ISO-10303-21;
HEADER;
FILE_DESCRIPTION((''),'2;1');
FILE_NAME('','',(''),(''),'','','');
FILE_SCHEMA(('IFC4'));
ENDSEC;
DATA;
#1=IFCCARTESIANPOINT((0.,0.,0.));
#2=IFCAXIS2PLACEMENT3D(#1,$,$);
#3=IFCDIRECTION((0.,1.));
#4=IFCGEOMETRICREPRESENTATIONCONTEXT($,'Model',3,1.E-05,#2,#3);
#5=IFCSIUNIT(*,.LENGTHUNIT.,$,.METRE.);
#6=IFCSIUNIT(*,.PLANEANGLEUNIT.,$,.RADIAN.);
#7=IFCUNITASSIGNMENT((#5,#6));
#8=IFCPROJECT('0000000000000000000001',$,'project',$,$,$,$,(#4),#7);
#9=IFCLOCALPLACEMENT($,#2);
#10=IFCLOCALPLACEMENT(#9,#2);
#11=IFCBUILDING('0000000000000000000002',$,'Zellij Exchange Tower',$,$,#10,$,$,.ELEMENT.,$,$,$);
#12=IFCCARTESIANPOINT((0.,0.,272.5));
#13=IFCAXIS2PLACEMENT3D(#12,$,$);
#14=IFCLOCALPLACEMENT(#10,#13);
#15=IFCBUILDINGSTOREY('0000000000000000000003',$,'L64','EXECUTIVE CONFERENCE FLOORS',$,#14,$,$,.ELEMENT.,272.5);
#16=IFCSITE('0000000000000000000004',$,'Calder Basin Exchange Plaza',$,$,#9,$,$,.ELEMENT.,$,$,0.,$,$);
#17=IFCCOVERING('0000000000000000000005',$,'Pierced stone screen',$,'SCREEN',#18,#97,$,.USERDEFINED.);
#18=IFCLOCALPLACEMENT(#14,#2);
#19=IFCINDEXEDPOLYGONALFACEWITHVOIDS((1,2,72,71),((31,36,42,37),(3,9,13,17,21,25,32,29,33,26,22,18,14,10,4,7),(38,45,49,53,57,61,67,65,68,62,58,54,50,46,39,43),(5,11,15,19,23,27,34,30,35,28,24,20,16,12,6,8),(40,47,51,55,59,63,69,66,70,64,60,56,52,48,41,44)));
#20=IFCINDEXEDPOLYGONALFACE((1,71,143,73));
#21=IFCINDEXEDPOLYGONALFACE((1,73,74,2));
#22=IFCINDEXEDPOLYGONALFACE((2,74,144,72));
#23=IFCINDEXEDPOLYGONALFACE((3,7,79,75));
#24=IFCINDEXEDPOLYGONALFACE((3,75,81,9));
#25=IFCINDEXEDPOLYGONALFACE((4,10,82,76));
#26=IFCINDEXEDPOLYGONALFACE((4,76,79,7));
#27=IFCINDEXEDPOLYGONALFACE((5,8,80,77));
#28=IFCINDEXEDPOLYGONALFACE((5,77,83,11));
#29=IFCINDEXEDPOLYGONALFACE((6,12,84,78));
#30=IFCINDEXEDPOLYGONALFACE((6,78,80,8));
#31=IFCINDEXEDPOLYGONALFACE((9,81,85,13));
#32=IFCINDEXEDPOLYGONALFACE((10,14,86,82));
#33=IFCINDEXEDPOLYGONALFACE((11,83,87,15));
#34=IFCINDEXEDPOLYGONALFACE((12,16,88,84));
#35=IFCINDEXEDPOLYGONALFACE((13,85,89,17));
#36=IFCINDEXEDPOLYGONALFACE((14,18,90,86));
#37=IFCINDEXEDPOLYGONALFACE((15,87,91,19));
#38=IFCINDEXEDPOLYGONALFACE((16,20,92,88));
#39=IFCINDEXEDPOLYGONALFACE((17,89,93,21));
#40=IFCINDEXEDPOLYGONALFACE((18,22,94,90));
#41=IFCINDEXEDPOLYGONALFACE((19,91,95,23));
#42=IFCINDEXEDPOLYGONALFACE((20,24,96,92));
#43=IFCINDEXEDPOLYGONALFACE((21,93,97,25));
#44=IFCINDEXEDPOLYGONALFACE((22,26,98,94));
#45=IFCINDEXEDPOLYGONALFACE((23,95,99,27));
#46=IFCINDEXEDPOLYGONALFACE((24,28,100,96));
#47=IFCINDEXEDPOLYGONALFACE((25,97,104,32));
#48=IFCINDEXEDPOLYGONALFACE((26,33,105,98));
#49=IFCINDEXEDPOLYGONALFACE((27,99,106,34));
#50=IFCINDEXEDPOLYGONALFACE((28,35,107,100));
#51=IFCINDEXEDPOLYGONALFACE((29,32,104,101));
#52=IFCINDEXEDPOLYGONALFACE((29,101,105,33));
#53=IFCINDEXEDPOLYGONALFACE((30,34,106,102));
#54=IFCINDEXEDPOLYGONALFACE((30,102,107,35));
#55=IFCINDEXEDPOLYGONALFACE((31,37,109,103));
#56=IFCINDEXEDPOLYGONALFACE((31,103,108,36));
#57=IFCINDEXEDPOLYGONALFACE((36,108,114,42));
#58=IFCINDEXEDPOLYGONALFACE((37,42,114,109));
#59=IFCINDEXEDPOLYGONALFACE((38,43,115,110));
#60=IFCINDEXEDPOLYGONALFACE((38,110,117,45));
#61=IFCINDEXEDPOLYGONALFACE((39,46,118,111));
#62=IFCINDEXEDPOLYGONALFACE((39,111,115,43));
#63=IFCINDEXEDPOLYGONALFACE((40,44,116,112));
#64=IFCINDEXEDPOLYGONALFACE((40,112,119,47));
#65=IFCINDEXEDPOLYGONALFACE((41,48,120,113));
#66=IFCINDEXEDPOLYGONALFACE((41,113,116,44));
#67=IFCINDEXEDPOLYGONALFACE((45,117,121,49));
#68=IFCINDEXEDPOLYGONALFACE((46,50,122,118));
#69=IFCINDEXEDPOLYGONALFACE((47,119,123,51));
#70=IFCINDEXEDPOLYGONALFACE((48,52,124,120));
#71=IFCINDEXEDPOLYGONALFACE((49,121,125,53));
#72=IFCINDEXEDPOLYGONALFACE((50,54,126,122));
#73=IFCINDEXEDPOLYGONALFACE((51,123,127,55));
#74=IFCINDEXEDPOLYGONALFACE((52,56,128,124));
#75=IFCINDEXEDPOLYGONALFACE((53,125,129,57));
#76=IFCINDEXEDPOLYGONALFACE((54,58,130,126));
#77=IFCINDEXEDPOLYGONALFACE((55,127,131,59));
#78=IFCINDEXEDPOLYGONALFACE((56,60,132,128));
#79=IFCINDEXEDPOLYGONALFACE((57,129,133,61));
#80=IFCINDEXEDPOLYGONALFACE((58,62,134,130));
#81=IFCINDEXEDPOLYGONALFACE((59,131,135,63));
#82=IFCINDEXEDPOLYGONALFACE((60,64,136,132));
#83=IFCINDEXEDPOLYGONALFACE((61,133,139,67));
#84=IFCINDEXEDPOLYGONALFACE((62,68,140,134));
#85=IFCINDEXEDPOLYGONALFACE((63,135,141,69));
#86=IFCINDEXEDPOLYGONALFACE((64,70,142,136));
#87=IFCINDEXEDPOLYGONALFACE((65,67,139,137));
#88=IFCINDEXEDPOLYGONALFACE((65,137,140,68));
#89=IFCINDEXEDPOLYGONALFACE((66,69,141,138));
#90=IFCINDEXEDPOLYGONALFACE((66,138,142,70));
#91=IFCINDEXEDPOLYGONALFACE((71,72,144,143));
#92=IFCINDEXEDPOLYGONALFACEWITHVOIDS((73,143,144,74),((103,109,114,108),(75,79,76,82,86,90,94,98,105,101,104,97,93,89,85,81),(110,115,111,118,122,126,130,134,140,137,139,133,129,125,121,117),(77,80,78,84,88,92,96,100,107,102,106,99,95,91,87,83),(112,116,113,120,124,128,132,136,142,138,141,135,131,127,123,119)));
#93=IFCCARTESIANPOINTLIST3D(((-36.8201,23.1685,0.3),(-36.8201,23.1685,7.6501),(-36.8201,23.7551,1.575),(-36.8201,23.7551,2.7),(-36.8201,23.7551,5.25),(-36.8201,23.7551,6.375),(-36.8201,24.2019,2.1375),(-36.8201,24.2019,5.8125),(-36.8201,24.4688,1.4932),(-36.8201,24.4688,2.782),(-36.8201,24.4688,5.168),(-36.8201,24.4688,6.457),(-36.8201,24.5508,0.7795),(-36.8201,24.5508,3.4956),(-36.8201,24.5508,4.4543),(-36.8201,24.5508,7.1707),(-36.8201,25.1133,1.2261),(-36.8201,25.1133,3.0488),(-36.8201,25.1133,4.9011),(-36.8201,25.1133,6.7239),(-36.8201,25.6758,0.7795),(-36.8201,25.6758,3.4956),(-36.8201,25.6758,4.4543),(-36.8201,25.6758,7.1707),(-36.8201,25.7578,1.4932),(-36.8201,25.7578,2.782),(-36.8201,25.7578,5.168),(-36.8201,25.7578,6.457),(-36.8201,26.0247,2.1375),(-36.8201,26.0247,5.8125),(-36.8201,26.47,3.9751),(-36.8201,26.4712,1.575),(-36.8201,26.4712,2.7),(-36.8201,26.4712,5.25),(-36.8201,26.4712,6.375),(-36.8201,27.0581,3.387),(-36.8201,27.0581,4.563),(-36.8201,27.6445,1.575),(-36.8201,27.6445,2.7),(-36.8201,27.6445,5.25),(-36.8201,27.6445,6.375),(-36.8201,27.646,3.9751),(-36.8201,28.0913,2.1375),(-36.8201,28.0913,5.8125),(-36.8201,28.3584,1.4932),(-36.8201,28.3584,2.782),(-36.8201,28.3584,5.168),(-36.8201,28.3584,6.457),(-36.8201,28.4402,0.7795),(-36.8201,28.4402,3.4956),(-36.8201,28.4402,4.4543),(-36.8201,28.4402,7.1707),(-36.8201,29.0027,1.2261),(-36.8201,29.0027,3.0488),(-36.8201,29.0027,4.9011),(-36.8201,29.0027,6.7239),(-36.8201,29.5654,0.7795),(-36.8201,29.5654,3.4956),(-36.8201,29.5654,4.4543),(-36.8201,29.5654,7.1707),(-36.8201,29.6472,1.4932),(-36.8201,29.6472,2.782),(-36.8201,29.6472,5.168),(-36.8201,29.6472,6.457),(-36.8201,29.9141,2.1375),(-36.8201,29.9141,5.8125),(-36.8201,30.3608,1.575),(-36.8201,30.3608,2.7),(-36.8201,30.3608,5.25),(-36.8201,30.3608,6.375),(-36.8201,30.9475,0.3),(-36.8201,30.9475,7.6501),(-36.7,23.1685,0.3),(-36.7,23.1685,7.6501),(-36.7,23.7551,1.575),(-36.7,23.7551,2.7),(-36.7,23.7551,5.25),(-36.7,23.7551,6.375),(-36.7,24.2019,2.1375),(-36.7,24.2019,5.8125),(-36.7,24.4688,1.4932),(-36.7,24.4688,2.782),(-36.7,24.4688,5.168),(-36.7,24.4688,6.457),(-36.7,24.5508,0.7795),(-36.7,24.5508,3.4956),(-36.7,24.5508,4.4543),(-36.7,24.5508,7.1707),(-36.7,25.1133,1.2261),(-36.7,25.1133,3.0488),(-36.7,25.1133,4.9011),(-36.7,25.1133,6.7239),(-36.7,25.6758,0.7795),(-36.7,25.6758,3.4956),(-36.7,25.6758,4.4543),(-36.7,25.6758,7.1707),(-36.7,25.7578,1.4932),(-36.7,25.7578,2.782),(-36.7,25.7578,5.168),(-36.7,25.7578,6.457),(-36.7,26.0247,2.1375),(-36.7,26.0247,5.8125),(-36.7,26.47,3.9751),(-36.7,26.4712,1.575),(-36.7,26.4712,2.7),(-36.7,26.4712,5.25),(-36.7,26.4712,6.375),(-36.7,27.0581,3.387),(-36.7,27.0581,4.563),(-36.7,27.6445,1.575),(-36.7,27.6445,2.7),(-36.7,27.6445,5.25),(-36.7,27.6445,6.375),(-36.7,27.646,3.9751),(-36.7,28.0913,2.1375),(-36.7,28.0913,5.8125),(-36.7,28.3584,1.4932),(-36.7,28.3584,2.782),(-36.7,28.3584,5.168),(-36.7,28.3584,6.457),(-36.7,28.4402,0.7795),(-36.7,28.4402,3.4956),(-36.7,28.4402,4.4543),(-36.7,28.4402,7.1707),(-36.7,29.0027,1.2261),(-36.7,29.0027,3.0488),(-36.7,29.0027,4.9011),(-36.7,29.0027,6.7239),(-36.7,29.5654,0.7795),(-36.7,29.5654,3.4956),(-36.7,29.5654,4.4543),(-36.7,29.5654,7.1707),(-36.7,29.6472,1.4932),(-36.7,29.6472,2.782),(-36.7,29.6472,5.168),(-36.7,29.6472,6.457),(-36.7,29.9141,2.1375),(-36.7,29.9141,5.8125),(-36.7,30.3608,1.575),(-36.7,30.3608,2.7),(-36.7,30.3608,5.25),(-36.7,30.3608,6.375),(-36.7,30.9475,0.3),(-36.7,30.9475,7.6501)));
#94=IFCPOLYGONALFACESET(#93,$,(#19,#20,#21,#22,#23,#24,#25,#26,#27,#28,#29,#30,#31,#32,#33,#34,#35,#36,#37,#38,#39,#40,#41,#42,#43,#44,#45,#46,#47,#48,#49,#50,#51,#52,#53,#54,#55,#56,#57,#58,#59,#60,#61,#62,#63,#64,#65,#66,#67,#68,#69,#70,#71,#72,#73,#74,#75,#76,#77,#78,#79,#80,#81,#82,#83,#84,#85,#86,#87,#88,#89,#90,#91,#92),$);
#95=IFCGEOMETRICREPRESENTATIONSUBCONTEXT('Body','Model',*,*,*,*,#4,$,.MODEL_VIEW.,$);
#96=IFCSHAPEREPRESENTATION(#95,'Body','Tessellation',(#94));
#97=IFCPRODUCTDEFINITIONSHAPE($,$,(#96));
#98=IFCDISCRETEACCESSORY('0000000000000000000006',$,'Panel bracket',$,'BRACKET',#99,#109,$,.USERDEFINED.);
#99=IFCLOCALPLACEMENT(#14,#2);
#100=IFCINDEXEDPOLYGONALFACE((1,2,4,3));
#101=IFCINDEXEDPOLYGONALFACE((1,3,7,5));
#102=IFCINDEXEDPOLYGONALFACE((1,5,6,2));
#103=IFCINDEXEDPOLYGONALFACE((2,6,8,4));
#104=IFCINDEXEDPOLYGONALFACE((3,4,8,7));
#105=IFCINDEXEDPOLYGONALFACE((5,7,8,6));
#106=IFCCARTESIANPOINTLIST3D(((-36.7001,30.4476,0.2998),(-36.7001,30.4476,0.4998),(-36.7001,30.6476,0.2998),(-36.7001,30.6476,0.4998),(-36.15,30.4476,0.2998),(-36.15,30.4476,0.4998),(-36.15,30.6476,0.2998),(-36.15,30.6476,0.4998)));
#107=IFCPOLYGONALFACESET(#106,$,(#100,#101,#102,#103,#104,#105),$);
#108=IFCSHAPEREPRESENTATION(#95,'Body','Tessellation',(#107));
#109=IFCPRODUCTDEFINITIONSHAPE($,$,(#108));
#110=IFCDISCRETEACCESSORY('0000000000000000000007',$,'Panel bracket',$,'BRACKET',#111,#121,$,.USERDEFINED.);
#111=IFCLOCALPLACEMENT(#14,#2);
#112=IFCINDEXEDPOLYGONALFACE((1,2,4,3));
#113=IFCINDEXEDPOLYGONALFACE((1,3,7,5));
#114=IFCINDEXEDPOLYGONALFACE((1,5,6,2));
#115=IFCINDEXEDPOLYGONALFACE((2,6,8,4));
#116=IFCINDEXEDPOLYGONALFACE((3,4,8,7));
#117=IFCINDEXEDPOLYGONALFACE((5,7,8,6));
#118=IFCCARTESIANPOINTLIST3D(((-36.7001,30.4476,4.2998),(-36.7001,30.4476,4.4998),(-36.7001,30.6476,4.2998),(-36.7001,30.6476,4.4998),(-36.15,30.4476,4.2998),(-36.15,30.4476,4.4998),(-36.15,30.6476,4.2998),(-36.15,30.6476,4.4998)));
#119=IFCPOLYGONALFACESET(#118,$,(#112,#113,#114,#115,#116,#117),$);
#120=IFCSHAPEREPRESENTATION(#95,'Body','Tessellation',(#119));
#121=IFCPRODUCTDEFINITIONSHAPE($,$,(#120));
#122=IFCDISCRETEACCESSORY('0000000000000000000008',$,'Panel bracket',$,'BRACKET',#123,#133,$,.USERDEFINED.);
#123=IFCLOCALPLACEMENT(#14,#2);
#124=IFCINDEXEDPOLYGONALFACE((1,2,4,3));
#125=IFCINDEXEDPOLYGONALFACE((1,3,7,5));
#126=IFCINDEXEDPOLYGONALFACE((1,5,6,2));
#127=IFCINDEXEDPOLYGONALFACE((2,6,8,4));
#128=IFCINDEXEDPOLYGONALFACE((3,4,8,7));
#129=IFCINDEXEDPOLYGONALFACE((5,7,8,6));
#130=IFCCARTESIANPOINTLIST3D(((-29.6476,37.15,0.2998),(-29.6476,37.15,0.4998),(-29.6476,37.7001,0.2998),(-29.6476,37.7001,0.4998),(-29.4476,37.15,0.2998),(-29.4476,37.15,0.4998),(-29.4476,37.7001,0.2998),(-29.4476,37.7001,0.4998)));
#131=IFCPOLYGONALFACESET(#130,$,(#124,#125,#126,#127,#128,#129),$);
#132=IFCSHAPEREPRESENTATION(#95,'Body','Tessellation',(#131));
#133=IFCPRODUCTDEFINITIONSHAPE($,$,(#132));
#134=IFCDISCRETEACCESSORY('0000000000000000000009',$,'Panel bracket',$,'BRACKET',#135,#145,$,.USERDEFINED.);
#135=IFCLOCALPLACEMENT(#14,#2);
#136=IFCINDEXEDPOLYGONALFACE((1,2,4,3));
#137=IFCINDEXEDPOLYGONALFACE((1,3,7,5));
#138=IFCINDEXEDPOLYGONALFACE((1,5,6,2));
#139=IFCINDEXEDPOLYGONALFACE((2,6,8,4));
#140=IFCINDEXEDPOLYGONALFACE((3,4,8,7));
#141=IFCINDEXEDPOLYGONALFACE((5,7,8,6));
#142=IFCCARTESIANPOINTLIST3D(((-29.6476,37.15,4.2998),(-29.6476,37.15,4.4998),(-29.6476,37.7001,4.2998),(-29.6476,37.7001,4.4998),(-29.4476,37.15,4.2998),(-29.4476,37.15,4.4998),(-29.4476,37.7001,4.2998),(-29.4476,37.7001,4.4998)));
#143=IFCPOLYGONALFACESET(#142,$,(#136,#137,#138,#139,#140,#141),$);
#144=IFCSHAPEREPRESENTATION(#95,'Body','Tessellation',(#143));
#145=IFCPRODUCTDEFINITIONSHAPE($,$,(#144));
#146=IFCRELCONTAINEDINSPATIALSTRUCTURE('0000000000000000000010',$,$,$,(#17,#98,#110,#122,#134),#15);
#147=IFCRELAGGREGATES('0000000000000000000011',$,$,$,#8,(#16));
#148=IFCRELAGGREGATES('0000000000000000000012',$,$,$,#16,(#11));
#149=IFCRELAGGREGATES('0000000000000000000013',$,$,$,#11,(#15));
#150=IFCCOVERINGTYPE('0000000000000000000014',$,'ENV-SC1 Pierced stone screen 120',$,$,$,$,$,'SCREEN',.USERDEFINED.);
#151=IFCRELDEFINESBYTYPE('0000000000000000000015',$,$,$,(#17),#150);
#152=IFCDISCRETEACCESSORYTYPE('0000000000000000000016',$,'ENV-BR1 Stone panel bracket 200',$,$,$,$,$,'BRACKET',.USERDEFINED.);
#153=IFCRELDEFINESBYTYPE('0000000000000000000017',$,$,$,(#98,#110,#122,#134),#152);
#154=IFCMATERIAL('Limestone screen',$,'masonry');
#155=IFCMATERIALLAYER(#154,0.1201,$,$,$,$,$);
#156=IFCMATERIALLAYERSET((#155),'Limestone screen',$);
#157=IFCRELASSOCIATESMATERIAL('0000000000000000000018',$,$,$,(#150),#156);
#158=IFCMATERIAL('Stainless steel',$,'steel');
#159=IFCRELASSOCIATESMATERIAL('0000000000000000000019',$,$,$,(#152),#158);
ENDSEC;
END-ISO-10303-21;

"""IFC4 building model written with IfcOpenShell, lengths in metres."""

from ifc_helpers import new_model, si_unit, direction, frame, origin, origin_2d, place, context, subcontext, project, spatial, polyline, rectangle, outline, extrude, material, layer, layer_set, type_object, element, save


model = new_model("IFC4")

# Units and contexts
model_context = context("Model", 3, precision=1e-05, world=origin(), true_north=direction((0.0, 1.0)))
body_context = subcontext(model_context, "Body", "Model", "MODEL_VIEW")
ifc_project = project(units=[si_unit("LENGTHUNIT", "METRE"), si_unit("PLANEANGLEUNIT", "RADIAN")], contexts=[model_context])

# Site, building, storey
site_placement = place(None, origin())
site = spatial("IfcSite", under=ifc_project, at=site_placement, Name="Calder Basin Exchange Plaza", CompositionType="ELEMENT", RefElevation=0.0)
building_placement = place(site_placement, origin())
building = spatial("IfcBuilding", under=site, at=building_placement, Name="Zellij Exchange Tower", CompositionType="ELEMENT")
storey_placement = place(building_placement, frame((0.0, 0.0, 272.5)))
storey = spatial("IfcBuildingStorey", under=building, at=storey_placement, Name="L64", Description="EXECUTIVE CONFERENCE FLOORS", CompositionType="ELEMENT", Elevation=272.5)

# Covering
ifc_material_1 = material(Name="Limestone screen", Category="masonry")
ifc_layer_1 = layer(ifc_material_1, 0.1201)
ifc_layer_set_1 = layer_set([ifc_layer_1], Name="Limestone screen")
covering_type = type_object("IfcCoveringType", Name="ENV-SC1 Pierced stone screen 120", ElementType="SCREEN", PredefinedType="USERDEFINED", material=ifc_layer_set_1)
covering_placement = place(storey_placement, frame((-36.76, 30.9475, 0.3), z_axis=(0.0, 0.0, 1.0), x_axis=(0.0, -1.0, 0.0)))
element("IfcCovering", 1, at=covering_placement, inside=storey, type_object=covering_type, Name="Pierced stone screen", ObjectType="SCREEN", PredefinedType="USERDEFINED", context=body_context, shape_type="SweptSolid", body=[
    extrude(outline(polyline([(0.0, 0.0), (7.7791, 0.0), (7.7791, 7.3501), (0.0, 7.3501), (0.0, 0.0)]), holes=[polyline([(3.303, 2.3999), (2.5891, 2.4819), (2.5073, 3.1956), (1.9448, 2.7488), (1.3821, 3.1956), (1.3003, 2.4819), (0.5867, 2.3999), (1.0334, 1.8374), (0.5867, 1.2749), (1.3003, 1.1931), (1.3821, 0.4795), (1.9448, 0.926), (2.5073, 0.4795), (2.5891, 1.1931), (3.303, 1.2749), (2.8562, 1.8374), (3.303, 2.3999)]), polyline([(3.303, 6.075), (2.5891, 6.157), (2.5073, 6.8706), (1.9448, 6.4238), (1.3821, 6.8706), (1.3003, 6.157), (0.5867, 6.075), (1.0334, 5.5125), (0.5867, 4.95), (1.3003, 4.8679), (1.3821, 4.1543), (1.9448, 4.6011), (2.5073, 4.1543), (2.5891, 4.8679), (3.303, 4.95), (2.8562, 5.5125), (3.303, 6.075)]), polyline([(7.1924, 2.3999), (6.4788, 2.4819), (6.3967, 3.1956), (5.8342, 2.7488), (5.2717, 3.1956), (5.1897, 2.4819), (4.4763, 2.3999), (4.9229, 1.8374), (4.4763, 1.2749), (5.1897, 1.1931), (5.2717, 0.4795), (5.8342, 0.926), (6.3967, 0.4795), (6.4788, 1.1931), (7.1924, 1.2749), (6.7456, 1.8374), (7.1924, 2.3999)]), polyline([(7.1924, 6.075), (6.4788, 6.157), (6.3967, 6.8706), (5.8342, 6.4238), (5.2717, 6.8706), (5.1897, 6.157), (4.4763, 6.075), (4.9229, 5.5125), (4.4763, 4.95), (5.1897, 4.8679), (5.2717, 4.1543), (5.8342, 4.6011), (6.3967, 4.1543), (6.4788, 4.8679), (7.1924, 4.95), (6.7456, 5.5125), (7.1924, 6.075)]), polyline([(4.4775, 3.675), (3.8894, 4.2629), (3.3015, 3.675), (3.8894, 3.0869), (4.4775, 3.675)])]), frame((0.0, 0.0601, 0.0), z_axis=(0.0, -1.0, 0.0), x_axis=(1.0, 0.0, 0.0)), (0.0, 0.0, 1.0), 0.1201),
])

# Discrete accessories
ifc_material_2 = material(Name="Stainless steel", Category="steel")
discrete_accessory_type = type_object("IfcDiscreteAccessoryType", Name="ENV-BR1 Stone panel bracket 200", ElementType="BRACKET", PredefinedType="USERDEFINED", material=ifc_material_2)
for number, where, z_axis, x_axis, name in (
    (2, (-36.425, 30.5476, 0.2998), (0.0, 0.0, 1.0), (0.0, -1.0, 0.0), "Panel bracket"),
    (3, (-36.425, 30.5476, 4.2998), (0.0, 0.0, 1.0), (0.0, -1.0, 0.0), "Panel bracket"),
    (4, (-29.5476, 37.425, 0.2998), (0.0, 0.0, 1.0), (-1.0, 0.0, 0.0), "Panel bracket"),
    (5, (-29.5476, 37.425, 4.2998), (0.0, 0.0, 1.0), (-1.0, 0.0, 0.0), "Panel bracket"),
):
    element("IfcDiscreteAccessory", number, at=place(storey_placement, frame(where, z_axis=z_axis, x_axis=x_axis)), inside=storey, type_object=discrete_accessory_type, Name=name, ObjectType="BRACKET", PredefinedType="USERDEFINED", context=body_context, shape_type="SweptSolid", body=[
        extrude(rectangle(XDim=0.2, YDim=0.55, at=origin_2d()), origin(), (0.0, 0.0, 1.0), 0.2),
    ])

save(model, "model.ifc")
